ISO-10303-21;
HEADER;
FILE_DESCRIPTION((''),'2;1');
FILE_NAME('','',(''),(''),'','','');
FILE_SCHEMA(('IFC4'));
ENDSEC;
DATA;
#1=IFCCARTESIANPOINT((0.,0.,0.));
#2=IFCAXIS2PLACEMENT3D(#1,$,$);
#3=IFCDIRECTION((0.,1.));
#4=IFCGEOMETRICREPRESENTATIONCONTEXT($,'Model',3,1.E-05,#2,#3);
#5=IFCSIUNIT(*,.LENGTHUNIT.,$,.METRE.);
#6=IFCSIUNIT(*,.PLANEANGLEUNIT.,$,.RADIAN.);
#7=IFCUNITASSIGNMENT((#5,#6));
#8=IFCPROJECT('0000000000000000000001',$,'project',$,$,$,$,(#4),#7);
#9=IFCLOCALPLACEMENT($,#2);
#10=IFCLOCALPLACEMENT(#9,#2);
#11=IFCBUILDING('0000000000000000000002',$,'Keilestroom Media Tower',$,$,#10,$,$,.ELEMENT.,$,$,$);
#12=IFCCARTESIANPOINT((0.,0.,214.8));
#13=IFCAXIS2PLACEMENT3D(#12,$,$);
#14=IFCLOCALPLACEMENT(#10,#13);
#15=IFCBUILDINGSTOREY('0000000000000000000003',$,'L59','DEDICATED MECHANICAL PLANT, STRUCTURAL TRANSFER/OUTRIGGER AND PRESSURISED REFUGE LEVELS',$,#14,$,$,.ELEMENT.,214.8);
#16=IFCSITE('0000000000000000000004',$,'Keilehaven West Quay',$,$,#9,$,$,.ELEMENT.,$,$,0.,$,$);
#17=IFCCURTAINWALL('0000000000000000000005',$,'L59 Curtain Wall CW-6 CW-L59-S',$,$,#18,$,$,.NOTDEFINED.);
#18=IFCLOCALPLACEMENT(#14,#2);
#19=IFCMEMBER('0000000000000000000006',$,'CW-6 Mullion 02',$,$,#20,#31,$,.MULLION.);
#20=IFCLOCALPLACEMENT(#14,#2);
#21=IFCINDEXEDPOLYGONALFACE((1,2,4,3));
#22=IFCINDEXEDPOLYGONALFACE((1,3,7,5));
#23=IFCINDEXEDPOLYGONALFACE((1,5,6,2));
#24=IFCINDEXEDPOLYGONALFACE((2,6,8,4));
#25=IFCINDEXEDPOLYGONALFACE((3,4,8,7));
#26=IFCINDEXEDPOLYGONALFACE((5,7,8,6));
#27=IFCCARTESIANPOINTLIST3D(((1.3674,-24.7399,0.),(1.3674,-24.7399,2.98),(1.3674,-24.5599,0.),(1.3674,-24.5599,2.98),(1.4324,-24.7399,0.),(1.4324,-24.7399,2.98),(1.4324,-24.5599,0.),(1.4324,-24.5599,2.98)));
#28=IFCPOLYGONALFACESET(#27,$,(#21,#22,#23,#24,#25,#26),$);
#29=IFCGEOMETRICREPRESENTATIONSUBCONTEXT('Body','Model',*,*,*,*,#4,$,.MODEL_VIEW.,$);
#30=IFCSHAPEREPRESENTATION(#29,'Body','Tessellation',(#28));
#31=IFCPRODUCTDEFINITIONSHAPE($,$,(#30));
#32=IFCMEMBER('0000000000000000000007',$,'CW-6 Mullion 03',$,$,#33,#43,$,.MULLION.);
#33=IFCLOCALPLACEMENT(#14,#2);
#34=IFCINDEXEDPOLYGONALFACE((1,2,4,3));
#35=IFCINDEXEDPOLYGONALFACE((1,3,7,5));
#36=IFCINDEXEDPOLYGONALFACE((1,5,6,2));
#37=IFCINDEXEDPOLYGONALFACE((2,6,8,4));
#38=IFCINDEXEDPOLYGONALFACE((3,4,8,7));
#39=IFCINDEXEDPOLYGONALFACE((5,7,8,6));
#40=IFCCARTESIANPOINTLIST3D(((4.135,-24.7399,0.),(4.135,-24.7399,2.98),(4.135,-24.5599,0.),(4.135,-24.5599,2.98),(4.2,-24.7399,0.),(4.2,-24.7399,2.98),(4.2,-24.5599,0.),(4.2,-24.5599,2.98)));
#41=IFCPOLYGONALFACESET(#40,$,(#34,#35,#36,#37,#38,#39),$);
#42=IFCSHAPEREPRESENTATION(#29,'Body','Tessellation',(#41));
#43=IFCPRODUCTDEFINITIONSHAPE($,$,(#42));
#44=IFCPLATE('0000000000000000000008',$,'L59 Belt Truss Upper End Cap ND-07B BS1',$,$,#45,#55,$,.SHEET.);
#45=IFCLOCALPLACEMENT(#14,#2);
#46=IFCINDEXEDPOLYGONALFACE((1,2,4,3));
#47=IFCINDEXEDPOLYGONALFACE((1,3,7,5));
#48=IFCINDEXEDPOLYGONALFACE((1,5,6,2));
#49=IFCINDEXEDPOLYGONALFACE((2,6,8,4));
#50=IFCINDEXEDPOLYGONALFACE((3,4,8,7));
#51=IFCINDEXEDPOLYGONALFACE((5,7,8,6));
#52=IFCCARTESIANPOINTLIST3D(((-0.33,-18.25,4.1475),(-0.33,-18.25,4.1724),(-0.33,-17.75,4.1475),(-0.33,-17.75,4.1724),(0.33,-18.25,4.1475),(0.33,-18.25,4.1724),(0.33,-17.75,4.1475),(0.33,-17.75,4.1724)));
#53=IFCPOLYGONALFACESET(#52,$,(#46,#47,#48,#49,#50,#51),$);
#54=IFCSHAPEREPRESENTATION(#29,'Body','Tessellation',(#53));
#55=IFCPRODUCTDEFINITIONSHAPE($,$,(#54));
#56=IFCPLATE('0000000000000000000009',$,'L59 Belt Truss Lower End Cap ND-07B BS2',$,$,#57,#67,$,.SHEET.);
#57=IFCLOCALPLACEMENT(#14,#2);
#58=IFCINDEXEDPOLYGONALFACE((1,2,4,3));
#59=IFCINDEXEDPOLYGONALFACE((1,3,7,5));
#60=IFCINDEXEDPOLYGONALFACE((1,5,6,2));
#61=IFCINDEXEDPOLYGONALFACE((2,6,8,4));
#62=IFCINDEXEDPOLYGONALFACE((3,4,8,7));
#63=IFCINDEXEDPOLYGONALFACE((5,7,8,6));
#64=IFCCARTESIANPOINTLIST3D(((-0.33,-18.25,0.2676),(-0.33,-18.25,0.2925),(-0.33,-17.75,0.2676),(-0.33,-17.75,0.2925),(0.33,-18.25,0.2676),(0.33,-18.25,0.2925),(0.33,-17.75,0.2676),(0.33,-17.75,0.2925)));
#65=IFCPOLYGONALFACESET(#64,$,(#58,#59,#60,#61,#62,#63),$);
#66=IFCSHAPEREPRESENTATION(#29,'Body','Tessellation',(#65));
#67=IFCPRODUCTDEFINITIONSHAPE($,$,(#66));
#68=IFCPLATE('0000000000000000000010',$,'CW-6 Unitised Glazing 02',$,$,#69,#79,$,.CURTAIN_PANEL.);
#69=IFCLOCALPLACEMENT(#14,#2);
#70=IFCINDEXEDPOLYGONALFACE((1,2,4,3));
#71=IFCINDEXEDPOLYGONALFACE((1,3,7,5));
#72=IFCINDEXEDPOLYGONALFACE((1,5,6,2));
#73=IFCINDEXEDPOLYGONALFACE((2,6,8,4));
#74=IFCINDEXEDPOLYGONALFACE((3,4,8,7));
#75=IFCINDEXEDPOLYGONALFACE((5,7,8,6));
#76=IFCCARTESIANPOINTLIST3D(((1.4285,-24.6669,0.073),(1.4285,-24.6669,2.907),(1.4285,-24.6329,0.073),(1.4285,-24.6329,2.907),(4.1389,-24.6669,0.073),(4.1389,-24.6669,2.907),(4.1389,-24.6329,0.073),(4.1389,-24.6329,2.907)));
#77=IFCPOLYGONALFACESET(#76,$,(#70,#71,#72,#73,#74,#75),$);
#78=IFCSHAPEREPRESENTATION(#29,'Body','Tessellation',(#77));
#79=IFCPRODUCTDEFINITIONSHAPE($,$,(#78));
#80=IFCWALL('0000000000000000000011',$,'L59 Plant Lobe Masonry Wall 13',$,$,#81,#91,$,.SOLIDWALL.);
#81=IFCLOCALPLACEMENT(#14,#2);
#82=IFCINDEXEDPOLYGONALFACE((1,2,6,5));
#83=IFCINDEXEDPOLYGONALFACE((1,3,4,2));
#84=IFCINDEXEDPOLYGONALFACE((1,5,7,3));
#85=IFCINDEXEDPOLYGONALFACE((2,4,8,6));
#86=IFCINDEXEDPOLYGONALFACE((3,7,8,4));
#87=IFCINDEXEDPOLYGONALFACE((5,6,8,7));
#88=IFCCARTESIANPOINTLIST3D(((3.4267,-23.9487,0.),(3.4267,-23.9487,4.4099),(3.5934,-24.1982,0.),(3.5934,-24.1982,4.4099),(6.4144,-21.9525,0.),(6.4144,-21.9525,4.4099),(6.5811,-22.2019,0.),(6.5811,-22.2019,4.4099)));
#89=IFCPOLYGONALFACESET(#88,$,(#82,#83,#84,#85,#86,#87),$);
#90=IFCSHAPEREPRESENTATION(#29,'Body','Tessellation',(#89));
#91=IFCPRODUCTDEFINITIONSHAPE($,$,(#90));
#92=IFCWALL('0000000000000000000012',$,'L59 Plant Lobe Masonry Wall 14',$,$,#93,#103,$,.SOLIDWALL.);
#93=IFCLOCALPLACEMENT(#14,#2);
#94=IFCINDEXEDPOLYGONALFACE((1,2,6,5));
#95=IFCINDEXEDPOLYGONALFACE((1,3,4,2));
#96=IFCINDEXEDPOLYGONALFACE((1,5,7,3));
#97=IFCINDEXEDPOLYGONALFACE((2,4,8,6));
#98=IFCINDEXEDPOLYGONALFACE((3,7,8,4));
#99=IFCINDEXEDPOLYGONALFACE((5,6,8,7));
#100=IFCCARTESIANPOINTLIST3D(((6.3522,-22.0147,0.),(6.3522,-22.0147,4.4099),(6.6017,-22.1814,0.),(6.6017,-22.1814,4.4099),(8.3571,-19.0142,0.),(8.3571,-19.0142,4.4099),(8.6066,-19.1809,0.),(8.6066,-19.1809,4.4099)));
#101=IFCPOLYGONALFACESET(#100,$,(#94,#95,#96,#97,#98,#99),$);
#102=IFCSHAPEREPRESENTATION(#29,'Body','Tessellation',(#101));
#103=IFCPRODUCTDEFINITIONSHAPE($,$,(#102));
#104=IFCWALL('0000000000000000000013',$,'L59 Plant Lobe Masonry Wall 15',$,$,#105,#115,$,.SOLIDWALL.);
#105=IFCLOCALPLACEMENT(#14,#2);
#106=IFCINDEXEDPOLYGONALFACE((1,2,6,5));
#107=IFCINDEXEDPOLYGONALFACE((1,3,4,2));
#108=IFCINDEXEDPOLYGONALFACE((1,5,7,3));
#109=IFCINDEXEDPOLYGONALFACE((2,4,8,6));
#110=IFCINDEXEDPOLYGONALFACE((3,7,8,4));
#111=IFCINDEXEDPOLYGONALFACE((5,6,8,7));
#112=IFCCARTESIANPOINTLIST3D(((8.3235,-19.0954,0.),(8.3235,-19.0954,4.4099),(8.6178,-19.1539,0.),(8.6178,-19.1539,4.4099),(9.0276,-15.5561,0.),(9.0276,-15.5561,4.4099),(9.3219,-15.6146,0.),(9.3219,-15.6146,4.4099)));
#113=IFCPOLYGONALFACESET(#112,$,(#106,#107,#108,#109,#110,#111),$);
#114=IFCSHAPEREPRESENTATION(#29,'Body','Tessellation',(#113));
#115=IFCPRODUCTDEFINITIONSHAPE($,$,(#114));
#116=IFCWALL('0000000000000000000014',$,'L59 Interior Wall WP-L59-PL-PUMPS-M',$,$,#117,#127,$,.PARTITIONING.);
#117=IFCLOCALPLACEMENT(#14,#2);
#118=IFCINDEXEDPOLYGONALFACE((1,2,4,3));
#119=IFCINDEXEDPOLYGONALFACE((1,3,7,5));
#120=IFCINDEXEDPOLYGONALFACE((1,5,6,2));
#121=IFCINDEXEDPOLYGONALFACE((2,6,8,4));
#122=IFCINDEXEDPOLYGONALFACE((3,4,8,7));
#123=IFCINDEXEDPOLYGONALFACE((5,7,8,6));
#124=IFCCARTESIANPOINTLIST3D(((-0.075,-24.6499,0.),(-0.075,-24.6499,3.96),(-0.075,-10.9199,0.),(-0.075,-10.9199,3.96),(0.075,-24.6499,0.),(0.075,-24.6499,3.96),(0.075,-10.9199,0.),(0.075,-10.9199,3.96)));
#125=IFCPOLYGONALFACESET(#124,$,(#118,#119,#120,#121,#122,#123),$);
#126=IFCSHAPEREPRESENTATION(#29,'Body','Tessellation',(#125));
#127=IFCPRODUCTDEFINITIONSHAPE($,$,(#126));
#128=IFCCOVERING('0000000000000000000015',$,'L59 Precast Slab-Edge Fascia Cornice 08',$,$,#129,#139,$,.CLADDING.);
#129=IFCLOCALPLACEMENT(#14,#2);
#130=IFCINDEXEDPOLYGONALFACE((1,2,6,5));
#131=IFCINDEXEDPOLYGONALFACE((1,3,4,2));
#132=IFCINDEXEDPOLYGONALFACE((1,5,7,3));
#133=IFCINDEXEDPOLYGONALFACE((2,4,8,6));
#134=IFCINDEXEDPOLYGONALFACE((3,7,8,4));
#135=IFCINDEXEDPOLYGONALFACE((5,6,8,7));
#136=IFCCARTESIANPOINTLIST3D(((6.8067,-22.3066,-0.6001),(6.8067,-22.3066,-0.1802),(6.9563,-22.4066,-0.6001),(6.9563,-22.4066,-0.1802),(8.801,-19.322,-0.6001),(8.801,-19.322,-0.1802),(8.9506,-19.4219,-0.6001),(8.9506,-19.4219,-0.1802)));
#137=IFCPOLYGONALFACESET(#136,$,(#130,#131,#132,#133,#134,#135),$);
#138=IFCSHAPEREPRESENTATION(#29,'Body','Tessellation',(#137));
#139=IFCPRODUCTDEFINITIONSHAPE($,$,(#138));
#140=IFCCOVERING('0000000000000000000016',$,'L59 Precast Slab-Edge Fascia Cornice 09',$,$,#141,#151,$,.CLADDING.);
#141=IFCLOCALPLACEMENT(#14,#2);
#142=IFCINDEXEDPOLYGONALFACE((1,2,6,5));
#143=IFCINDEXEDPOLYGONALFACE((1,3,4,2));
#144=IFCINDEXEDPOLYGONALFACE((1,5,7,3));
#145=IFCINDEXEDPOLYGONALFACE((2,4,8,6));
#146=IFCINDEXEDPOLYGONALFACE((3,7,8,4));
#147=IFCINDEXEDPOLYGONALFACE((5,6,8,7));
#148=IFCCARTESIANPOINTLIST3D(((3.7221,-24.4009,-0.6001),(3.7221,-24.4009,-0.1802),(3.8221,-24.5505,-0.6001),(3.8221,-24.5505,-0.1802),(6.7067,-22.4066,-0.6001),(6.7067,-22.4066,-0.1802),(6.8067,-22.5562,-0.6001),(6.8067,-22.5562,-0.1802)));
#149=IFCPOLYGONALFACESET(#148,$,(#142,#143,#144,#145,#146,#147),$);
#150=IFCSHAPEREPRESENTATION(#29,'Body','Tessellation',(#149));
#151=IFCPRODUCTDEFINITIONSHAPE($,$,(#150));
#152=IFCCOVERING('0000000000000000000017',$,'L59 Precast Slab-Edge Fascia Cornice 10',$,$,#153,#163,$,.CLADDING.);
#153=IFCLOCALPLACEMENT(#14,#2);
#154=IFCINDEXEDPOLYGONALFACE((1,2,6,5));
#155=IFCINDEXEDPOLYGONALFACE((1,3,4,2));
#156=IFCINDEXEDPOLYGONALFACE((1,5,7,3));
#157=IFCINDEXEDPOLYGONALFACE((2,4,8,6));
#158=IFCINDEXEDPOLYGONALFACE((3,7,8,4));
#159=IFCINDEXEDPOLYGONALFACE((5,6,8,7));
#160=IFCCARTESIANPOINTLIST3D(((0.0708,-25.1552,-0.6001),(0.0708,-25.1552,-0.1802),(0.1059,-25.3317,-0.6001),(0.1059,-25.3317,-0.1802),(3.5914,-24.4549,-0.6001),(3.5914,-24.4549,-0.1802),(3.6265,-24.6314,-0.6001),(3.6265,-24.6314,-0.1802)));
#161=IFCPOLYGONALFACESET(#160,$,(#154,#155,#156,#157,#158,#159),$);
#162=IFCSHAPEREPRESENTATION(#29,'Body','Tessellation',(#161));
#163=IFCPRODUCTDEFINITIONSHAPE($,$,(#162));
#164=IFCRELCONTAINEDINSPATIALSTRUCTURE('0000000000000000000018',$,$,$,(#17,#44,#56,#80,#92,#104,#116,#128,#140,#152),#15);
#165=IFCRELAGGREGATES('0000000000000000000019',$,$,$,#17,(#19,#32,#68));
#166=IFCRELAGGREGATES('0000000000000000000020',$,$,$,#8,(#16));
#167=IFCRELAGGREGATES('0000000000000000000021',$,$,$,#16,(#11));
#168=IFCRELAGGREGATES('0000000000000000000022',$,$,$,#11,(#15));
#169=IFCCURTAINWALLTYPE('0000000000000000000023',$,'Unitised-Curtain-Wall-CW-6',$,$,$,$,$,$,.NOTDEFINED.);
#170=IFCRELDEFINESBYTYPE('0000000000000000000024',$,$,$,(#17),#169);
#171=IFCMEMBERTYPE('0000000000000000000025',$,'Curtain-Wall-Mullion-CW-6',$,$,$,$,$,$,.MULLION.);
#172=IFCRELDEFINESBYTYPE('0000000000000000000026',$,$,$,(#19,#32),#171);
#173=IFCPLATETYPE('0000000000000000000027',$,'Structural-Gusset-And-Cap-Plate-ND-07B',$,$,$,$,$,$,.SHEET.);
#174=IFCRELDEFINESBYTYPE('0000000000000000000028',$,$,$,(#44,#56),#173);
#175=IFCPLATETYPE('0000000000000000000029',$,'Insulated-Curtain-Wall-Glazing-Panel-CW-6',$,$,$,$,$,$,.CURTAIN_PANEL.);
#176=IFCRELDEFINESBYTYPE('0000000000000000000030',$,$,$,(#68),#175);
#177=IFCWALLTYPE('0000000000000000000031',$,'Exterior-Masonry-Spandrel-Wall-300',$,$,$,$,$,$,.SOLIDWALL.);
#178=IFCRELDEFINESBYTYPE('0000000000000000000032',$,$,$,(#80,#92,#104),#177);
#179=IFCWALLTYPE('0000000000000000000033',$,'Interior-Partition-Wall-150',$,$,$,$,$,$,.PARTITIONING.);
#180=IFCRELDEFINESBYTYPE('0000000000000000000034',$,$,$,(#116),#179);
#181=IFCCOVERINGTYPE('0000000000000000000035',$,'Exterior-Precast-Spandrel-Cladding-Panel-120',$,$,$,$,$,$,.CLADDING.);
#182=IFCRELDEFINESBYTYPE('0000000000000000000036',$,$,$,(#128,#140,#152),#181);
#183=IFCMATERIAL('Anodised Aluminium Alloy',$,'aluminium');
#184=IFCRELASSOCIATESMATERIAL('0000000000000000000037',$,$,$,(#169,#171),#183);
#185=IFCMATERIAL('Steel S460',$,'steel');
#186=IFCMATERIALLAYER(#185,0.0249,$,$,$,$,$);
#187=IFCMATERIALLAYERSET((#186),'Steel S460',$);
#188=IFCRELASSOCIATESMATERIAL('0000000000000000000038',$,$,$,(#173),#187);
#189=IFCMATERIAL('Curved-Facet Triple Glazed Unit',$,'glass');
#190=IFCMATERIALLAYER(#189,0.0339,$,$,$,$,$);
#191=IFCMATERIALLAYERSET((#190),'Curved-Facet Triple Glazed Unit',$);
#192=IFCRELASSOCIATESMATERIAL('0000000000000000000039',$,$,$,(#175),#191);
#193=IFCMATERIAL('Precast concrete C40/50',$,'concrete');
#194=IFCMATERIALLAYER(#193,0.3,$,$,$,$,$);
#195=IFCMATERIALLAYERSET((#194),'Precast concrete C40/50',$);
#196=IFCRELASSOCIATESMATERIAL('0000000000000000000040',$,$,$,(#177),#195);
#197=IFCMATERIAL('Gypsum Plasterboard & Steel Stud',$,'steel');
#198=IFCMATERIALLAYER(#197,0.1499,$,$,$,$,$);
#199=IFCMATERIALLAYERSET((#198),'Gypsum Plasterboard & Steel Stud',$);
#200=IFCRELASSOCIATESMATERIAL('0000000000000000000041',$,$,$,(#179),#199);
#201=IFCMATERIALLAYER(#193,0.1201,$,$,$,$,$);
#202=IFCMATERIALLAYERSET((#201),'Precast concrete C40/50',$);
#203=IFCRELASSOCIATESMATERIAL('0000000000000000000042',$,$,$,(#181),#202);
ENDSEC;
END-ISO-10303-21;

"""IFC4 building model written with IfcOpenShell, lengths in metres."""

from ifc_helpers import new_model, si_unit, direction, frame, frame_2d, origin, origin_2d, place, context, subcontext, project, spatial, rectangle, extrude, source, transform, mapped, material, layer, layer_set, material_profile, profile_set, type_object, element, aggregate, save


model = new_model("IFC4")

# Units and contexts
model_context = context("Model", 3, precision=1e-05, world=origin(), true_north=direction((0.0, 1.0)))
body_context = subcontext(model_context, "Body", "Model", "MODEL_VIEW")
ifc_project = project(units=[si_unit("LENGTHUNIT", "METRE"), si_unit("PLANEANGLEUNIT", "RADIAN")], contexts=[model_context])

# Site, building, storey
site_placement = place(None, origin())
site = spatial("IfcSite", under=ifc_project, at=site_placement, Name="Keilehaven West Quay", CompositionType="ELEMENT", RefElevation=0.0)
building_placement = place(site_placement, origin())
building = spatial("IfcBuilding", under=site, at=building_placement, Name="Keilestroom Media Tower", CompositionType="ELEMENT")
storey_placement = place(building_placement, frame((0.0, 0.0, 214.8)))
storey = spatial("IfcBuildingStorey", under=building, at=storey_placement, Name="L59", Description="DEDICATED MECHANICAL PLANT, STRUCTURAL TRANSFER/OUTRIGGER AND PRESSURISED REFUGE LEVELS", CompositionType="ELEMENT", Elevation=214.8)

# Shared definitions
ifc_material_1 = material(Name="Steel S460", Category="steel")

# Curtain wall, members
ifc_material_2 = material(Name="Anodised Aluminium Alloy", Category="aluminium")
curtain_wall_type = type_object("IfcCurtainWallType", Name="Unitised-Curtain-Wall-CW-6", PredefinedType="NOTDEFINED", material=ifc_material_2)
curtain_wall_placement = place(storey_placement, origin())
curtain_wall = element("IfcCurtainWall", 1, at=curtain_wall_placement, inside=storey, type_object=curtain_wall_type, Name="L59 Curtain Wall CW-6 CW-L59-S", PredefinedType="NOTDEFINED")
ifc_material_profile_1 = material_profile(ifc_material_2, rectangle(XDim=0.0649, YDim=0.1799, at=origin_2d()), Name="ALU MULLION 65x180")
ifc_profile_set_1 = profile_set([ifc_material_profile_1], Name="Anodised Aluminium Alloy")
member_type_1 = type_object("IfcMemberType", Name="Curtain-Wall-Mullion-CW-6", PredefinedType="MULLION", material=ifc_profile_set_1)
shared_shape_1 = source(origin(), body_context, "Body", "SweptSolid", [
    extrude(rectangle(XDim=0.0649, YDim=0.1799, at=origin_2d()), origin(), (0.0, 0.0, 1.0), 2.98),
])
member_1_placement = place(storey_placement, frame((1.3999, -24.6499, 0.0), z_axis=(0.0, 0.0, 1.0), x_axis=(1.0, 0.0, 0.0)))
member_1 = element("IfcMember", 2, at=member_1_placement, type_object=member_type_1, Name="CW-6 Mullion 02", PredefinedType="MULLION", context=body_context, shape_type="MappedRepresentation", body=[
    mapped(shared_shape_1, transform((0.0, 0.0, 0.0), x_axis=(1.0, 0.0, 0.0), y_axis=(0.0, 1.0, 0.0), z_axis=(0.0, 0.0, 1.0), scale=1.0)),
])
member_2_placement = place(storey_placement, frame((4.1675, -24.6499, 0.0), z_axis=(0.0, 0.0, 1.0), x_axis=(1.0, 0.0, 0.0)))
member_2 = element("IfcMember", 3, at=member_2_placement, type_object=member_type_1, Name="CW-6 Mullion 03", PredefinedType="MULLION", context=body_context, shape_type="MappedRepresentation", body=[
    mapped(shared_shape_1, transform((0.0, 0.0, 0.0), x_axis=(1.0, 0.0, 0.0), y_axis=(0.0, 1.0, 0.0), z_axis=(0.0, 0.0, 1.0), scale=1.0)),
])

# Plates
ifc_layer_1 = layer(ifc_material_1, 0.0249)
ifc_layer_set_1 = layer_set([ifc_layer_1], Name="Steel S460")
plate_type_1 = type_object("IfcPlateType", Name="Structural-Gusset-And-Cap-Plate-ND-07B", PredefinedType="SHEET", material=ifc_layer_set_1)
shared_shape_2 = source(origin(), body_context, "Body", "SweptSolid", [
    extrude(rectangle(XDim=0.6599, YDim=0.5, at=origin_2d()), origin(), (0.0, 0.0, 1.0), 0.0249),
])
for number, where, z_axis, x_axis, name in (
    (4, (0.0, -18.0, 4.1475), (0.0, 0.0, 1.0), (1.0, 0.0, 0.0), "L59 Belt Truss Upper End Cap ND-07B BS1"),
    (5, (0.0, -18.0, 0.2676), (0.0, 0.0, 1.0), (1.0, 0.0, 0.0), "L59 Belt Truss Lower End Cap ND-07B BS2"),
):
    element("IfcPlate", number, at=place(storey_placement, frame(where, z_axis=z_axis, x_axis=x_axis)), inside=storey, type_object=plate_type_1, Name=name, PredefinedType="SHEET", context=body_context, shape_type="MappedRepresentation", body=[
        mapped(shared_shape_2, transform((0.0, 0.0, 0.0), x_axis=(1.0, 0.0, 0.0), y_axis=(0.0, 1.0, 0.0), z_axis=(0.0, 0.0, 1.0), scale=1.0)),
    ])

# Plate
ifc_material_3 = material(Name="Curved-Facet Triple Glazed Unit", Category="glass")
ifc_layer_2 = layer(ifc_material_3, 0.0339)
ifc_layer_set_2 = layer_set([ifc_layer_2], Name="Curved-Facet Triple Glazed Unit")
plate_type_2 = type_object("IfcPlateType", Name="Insulated-Curtain-Wall-Glazing-Panel-CW-6", PredefinedType="CURTAIN_PANEL", material=ifc_layer_set_2)
shared_shape_3 = source(origin(), body_context, "Body", "SweptSolid", [
    extrude(rectangle(XDim=2.7104, YDim=0.0339, at=origin_2d()), origin(), (0.0, 0.0, 1.0), 2.834),
])
plate_placement = place(storey_placement, frame((2.7837, -24.6499, 0.073), z_axis=(0.0, 0.0, 1.0), x_axis=(1.0, 0.0, 0.0)))
plate = element("IfcPlate", 6, at=plate_placement, type_object=plate_type_2, Name="CW-6 Unitised Glazing 02", PredefinedType="CURTAIN_PANEL", context=body_context, shape_type="MappedRepresentation", body=[
    mapped(shared_shape_3, transform((0.0, 0.0, 0.0), x_axis=(1.0, 0.0, 0.0), y_axis=(0.0, 1.0, 0.0), z_axis=(0.0, 0.0, 1.0), scale=1.0)),
])
aggregate(curtain_wall, [member_1, member_2, plate])

# Walls
ifc_material_4 = material(Name="Precast concrete C40/50", Category="concrete")
ifc_layer_3 = layer(ifc_material_4, 0.3)
ifc_layer_set_3 = layer_set([ifc_layer_3], Name="Precast concrete C40/50")
wall_type_1 = type_object("IfcWallType", Name="Exterior-Masonry-Spandrel-Wall-300", PredefinedType="SOLIDWALL", material=ifc_layer_set_3)
wall_1_placement = place(storey_placement, frame((3.51, -24.0735, 0.0), z_axis=(0.0, 0.0, 1.0), x_axis=(0.831475, 0.555562, 0.0)))
element("IfcWall", 7, at=wall_1_placement, inside=storey, type_object=wall_type_1, Name="L59 Plant Lobe Masonry Wall 13", PredefinedType="SOLIDWALL", context=body_context, shape_type="SweptSolid", body=[
    extrude(rectangle(XDim=3.5933, YDim=0.3, at=frame_2d((1.7966, 0.0))), origin(), (0.0, 0.0, 1.0), 4.4099),
])
for number, where, z_axis, x_axis, name in (
    (8, (6.4771, -22.0979, 0.0), (0.0, 0.0, 1.0), (0.555574, 0.831467, 0.0), "L59 Plant Lobe Masonry Wall 14"),
    (9, (8.4707, -19.1245, 0.0), (0.0, 0.0, 1.0), (0.195114, 0.980781, 0.0), "L59 Plant Lobe Masonry Wall 15"),
):
    element("IfcWall", number, at=place(storey_placement, frame(where, z_axis=z_axis, x_axis=x_axis)), inside=storey, type_object=wall_type_1, Name=name, PredefinedType="SOLIDWALL", context=body_context, shape_type="SweptSolid", body=[
        extrude(rectangle(XDim=3.6086, YDim=0.3, at=frame_2d((1.8042, 0.0))), origin(), (0.0, 0.0, 1.0), 4.4099),
    ])
ifc_material_5 = material(Name="Gypsum Plasterboard & Steel Stud", Category="steel")
ifc_layer_4 = layer(ifc_material_5, 0.1499)
ifc_layer_set_4 = layer_set([ifc_layer_4], Name="Gypsum Plasterboard & Steel Stud")
wall_type_2 = type_object("IfcWallType", Name="Interior-Partition-Wall-150", PredefinedType="PARTITIONING", material=ifc_layer_set_4)
wall_2_placement = place(storey_placement, frame((0.0, -24.6499, 0.0), z_axis=(0.0, 0.0, 1.0), x_axis=(0.0, 1.0, 0.0)))
element("IfcWall", 10, at=wall_2_placement, inside=storey, type_object=wall_type_2, Name="L59 Interior Wall WP-L59-PL-PUMPS-M", PredefinedType="PARTITIONING", context=body_context, shape_type="SweptSolid", body=[
    extrude(rectangle(XDim=13.73, YDim=0.1499, at=frame_2d((6.865, 0.0))), origin(), (0.0, 0.0, 1.0), 3.96),
])

# Coverings
ifc_layer_5 = layer(ifc_material_4, 0.1201)
ifc_layer_set_5 = layer_set([ifc_layer_5], Name="Precast concrete C40/50")
covering_type = type_object("IfcCoveringType", Name="Exterior-Precast-Spandrel-Cladding-Panel-120", PredefinedType="CLADDING", material=ifc_layer_set_5)
shared_shape_4 = source(origin(), body_context, "Body", "SweptSolid", [
    extrude(rectangle(XDim=3.5896, YDim=0.1799, at=origin_2d()), origin(), (0.0, 0.0, 1.0), 0.4199),
])
for number, where, z_axis, x_axis, name in (
    (11, (7.8787, -20.8643, -0.6001), (0.0, 0.0, 1.0), (-0.555575, -0.831467, 0.0), "L59 Precast Slab-Edge Fascia Cornice 08"),
    (12, (5.2644, -23.4785, -0.6001), (0.0, 0.0, 1.0), (-0.831467, -0.555575, 0.0), "L59 Precast Slab-Edge Fascia Cornice 09"),
    (13, (1.8486, -24.8933, -0.6001), (0.0, 0.0, 1.0), (-0.980784, -0.195099, 0.0), "L59 Precast Slab-Edge Fascia Cornice 10"),
):
    element("IfcCovering", number, at=place(storey_placement, frame(where, z_axis=z_axis, x_axis=x_axis)), inside=storey, type_object=covering_type, Name=name, PredefinedType="CLADDING", context=body_context, shape_type="MappedRepresentation", body=[
        mapped(shared_shape_4, transform((0.0, 0.0, 0.0), x_axis=(1.0, 0.0, 0.0), y_axis=(0.0, 1.0, 0.0), z_axis=(0.0, 0.0, 1.0), scale=1.0)),
    ])

save(model, "model.ifc")
